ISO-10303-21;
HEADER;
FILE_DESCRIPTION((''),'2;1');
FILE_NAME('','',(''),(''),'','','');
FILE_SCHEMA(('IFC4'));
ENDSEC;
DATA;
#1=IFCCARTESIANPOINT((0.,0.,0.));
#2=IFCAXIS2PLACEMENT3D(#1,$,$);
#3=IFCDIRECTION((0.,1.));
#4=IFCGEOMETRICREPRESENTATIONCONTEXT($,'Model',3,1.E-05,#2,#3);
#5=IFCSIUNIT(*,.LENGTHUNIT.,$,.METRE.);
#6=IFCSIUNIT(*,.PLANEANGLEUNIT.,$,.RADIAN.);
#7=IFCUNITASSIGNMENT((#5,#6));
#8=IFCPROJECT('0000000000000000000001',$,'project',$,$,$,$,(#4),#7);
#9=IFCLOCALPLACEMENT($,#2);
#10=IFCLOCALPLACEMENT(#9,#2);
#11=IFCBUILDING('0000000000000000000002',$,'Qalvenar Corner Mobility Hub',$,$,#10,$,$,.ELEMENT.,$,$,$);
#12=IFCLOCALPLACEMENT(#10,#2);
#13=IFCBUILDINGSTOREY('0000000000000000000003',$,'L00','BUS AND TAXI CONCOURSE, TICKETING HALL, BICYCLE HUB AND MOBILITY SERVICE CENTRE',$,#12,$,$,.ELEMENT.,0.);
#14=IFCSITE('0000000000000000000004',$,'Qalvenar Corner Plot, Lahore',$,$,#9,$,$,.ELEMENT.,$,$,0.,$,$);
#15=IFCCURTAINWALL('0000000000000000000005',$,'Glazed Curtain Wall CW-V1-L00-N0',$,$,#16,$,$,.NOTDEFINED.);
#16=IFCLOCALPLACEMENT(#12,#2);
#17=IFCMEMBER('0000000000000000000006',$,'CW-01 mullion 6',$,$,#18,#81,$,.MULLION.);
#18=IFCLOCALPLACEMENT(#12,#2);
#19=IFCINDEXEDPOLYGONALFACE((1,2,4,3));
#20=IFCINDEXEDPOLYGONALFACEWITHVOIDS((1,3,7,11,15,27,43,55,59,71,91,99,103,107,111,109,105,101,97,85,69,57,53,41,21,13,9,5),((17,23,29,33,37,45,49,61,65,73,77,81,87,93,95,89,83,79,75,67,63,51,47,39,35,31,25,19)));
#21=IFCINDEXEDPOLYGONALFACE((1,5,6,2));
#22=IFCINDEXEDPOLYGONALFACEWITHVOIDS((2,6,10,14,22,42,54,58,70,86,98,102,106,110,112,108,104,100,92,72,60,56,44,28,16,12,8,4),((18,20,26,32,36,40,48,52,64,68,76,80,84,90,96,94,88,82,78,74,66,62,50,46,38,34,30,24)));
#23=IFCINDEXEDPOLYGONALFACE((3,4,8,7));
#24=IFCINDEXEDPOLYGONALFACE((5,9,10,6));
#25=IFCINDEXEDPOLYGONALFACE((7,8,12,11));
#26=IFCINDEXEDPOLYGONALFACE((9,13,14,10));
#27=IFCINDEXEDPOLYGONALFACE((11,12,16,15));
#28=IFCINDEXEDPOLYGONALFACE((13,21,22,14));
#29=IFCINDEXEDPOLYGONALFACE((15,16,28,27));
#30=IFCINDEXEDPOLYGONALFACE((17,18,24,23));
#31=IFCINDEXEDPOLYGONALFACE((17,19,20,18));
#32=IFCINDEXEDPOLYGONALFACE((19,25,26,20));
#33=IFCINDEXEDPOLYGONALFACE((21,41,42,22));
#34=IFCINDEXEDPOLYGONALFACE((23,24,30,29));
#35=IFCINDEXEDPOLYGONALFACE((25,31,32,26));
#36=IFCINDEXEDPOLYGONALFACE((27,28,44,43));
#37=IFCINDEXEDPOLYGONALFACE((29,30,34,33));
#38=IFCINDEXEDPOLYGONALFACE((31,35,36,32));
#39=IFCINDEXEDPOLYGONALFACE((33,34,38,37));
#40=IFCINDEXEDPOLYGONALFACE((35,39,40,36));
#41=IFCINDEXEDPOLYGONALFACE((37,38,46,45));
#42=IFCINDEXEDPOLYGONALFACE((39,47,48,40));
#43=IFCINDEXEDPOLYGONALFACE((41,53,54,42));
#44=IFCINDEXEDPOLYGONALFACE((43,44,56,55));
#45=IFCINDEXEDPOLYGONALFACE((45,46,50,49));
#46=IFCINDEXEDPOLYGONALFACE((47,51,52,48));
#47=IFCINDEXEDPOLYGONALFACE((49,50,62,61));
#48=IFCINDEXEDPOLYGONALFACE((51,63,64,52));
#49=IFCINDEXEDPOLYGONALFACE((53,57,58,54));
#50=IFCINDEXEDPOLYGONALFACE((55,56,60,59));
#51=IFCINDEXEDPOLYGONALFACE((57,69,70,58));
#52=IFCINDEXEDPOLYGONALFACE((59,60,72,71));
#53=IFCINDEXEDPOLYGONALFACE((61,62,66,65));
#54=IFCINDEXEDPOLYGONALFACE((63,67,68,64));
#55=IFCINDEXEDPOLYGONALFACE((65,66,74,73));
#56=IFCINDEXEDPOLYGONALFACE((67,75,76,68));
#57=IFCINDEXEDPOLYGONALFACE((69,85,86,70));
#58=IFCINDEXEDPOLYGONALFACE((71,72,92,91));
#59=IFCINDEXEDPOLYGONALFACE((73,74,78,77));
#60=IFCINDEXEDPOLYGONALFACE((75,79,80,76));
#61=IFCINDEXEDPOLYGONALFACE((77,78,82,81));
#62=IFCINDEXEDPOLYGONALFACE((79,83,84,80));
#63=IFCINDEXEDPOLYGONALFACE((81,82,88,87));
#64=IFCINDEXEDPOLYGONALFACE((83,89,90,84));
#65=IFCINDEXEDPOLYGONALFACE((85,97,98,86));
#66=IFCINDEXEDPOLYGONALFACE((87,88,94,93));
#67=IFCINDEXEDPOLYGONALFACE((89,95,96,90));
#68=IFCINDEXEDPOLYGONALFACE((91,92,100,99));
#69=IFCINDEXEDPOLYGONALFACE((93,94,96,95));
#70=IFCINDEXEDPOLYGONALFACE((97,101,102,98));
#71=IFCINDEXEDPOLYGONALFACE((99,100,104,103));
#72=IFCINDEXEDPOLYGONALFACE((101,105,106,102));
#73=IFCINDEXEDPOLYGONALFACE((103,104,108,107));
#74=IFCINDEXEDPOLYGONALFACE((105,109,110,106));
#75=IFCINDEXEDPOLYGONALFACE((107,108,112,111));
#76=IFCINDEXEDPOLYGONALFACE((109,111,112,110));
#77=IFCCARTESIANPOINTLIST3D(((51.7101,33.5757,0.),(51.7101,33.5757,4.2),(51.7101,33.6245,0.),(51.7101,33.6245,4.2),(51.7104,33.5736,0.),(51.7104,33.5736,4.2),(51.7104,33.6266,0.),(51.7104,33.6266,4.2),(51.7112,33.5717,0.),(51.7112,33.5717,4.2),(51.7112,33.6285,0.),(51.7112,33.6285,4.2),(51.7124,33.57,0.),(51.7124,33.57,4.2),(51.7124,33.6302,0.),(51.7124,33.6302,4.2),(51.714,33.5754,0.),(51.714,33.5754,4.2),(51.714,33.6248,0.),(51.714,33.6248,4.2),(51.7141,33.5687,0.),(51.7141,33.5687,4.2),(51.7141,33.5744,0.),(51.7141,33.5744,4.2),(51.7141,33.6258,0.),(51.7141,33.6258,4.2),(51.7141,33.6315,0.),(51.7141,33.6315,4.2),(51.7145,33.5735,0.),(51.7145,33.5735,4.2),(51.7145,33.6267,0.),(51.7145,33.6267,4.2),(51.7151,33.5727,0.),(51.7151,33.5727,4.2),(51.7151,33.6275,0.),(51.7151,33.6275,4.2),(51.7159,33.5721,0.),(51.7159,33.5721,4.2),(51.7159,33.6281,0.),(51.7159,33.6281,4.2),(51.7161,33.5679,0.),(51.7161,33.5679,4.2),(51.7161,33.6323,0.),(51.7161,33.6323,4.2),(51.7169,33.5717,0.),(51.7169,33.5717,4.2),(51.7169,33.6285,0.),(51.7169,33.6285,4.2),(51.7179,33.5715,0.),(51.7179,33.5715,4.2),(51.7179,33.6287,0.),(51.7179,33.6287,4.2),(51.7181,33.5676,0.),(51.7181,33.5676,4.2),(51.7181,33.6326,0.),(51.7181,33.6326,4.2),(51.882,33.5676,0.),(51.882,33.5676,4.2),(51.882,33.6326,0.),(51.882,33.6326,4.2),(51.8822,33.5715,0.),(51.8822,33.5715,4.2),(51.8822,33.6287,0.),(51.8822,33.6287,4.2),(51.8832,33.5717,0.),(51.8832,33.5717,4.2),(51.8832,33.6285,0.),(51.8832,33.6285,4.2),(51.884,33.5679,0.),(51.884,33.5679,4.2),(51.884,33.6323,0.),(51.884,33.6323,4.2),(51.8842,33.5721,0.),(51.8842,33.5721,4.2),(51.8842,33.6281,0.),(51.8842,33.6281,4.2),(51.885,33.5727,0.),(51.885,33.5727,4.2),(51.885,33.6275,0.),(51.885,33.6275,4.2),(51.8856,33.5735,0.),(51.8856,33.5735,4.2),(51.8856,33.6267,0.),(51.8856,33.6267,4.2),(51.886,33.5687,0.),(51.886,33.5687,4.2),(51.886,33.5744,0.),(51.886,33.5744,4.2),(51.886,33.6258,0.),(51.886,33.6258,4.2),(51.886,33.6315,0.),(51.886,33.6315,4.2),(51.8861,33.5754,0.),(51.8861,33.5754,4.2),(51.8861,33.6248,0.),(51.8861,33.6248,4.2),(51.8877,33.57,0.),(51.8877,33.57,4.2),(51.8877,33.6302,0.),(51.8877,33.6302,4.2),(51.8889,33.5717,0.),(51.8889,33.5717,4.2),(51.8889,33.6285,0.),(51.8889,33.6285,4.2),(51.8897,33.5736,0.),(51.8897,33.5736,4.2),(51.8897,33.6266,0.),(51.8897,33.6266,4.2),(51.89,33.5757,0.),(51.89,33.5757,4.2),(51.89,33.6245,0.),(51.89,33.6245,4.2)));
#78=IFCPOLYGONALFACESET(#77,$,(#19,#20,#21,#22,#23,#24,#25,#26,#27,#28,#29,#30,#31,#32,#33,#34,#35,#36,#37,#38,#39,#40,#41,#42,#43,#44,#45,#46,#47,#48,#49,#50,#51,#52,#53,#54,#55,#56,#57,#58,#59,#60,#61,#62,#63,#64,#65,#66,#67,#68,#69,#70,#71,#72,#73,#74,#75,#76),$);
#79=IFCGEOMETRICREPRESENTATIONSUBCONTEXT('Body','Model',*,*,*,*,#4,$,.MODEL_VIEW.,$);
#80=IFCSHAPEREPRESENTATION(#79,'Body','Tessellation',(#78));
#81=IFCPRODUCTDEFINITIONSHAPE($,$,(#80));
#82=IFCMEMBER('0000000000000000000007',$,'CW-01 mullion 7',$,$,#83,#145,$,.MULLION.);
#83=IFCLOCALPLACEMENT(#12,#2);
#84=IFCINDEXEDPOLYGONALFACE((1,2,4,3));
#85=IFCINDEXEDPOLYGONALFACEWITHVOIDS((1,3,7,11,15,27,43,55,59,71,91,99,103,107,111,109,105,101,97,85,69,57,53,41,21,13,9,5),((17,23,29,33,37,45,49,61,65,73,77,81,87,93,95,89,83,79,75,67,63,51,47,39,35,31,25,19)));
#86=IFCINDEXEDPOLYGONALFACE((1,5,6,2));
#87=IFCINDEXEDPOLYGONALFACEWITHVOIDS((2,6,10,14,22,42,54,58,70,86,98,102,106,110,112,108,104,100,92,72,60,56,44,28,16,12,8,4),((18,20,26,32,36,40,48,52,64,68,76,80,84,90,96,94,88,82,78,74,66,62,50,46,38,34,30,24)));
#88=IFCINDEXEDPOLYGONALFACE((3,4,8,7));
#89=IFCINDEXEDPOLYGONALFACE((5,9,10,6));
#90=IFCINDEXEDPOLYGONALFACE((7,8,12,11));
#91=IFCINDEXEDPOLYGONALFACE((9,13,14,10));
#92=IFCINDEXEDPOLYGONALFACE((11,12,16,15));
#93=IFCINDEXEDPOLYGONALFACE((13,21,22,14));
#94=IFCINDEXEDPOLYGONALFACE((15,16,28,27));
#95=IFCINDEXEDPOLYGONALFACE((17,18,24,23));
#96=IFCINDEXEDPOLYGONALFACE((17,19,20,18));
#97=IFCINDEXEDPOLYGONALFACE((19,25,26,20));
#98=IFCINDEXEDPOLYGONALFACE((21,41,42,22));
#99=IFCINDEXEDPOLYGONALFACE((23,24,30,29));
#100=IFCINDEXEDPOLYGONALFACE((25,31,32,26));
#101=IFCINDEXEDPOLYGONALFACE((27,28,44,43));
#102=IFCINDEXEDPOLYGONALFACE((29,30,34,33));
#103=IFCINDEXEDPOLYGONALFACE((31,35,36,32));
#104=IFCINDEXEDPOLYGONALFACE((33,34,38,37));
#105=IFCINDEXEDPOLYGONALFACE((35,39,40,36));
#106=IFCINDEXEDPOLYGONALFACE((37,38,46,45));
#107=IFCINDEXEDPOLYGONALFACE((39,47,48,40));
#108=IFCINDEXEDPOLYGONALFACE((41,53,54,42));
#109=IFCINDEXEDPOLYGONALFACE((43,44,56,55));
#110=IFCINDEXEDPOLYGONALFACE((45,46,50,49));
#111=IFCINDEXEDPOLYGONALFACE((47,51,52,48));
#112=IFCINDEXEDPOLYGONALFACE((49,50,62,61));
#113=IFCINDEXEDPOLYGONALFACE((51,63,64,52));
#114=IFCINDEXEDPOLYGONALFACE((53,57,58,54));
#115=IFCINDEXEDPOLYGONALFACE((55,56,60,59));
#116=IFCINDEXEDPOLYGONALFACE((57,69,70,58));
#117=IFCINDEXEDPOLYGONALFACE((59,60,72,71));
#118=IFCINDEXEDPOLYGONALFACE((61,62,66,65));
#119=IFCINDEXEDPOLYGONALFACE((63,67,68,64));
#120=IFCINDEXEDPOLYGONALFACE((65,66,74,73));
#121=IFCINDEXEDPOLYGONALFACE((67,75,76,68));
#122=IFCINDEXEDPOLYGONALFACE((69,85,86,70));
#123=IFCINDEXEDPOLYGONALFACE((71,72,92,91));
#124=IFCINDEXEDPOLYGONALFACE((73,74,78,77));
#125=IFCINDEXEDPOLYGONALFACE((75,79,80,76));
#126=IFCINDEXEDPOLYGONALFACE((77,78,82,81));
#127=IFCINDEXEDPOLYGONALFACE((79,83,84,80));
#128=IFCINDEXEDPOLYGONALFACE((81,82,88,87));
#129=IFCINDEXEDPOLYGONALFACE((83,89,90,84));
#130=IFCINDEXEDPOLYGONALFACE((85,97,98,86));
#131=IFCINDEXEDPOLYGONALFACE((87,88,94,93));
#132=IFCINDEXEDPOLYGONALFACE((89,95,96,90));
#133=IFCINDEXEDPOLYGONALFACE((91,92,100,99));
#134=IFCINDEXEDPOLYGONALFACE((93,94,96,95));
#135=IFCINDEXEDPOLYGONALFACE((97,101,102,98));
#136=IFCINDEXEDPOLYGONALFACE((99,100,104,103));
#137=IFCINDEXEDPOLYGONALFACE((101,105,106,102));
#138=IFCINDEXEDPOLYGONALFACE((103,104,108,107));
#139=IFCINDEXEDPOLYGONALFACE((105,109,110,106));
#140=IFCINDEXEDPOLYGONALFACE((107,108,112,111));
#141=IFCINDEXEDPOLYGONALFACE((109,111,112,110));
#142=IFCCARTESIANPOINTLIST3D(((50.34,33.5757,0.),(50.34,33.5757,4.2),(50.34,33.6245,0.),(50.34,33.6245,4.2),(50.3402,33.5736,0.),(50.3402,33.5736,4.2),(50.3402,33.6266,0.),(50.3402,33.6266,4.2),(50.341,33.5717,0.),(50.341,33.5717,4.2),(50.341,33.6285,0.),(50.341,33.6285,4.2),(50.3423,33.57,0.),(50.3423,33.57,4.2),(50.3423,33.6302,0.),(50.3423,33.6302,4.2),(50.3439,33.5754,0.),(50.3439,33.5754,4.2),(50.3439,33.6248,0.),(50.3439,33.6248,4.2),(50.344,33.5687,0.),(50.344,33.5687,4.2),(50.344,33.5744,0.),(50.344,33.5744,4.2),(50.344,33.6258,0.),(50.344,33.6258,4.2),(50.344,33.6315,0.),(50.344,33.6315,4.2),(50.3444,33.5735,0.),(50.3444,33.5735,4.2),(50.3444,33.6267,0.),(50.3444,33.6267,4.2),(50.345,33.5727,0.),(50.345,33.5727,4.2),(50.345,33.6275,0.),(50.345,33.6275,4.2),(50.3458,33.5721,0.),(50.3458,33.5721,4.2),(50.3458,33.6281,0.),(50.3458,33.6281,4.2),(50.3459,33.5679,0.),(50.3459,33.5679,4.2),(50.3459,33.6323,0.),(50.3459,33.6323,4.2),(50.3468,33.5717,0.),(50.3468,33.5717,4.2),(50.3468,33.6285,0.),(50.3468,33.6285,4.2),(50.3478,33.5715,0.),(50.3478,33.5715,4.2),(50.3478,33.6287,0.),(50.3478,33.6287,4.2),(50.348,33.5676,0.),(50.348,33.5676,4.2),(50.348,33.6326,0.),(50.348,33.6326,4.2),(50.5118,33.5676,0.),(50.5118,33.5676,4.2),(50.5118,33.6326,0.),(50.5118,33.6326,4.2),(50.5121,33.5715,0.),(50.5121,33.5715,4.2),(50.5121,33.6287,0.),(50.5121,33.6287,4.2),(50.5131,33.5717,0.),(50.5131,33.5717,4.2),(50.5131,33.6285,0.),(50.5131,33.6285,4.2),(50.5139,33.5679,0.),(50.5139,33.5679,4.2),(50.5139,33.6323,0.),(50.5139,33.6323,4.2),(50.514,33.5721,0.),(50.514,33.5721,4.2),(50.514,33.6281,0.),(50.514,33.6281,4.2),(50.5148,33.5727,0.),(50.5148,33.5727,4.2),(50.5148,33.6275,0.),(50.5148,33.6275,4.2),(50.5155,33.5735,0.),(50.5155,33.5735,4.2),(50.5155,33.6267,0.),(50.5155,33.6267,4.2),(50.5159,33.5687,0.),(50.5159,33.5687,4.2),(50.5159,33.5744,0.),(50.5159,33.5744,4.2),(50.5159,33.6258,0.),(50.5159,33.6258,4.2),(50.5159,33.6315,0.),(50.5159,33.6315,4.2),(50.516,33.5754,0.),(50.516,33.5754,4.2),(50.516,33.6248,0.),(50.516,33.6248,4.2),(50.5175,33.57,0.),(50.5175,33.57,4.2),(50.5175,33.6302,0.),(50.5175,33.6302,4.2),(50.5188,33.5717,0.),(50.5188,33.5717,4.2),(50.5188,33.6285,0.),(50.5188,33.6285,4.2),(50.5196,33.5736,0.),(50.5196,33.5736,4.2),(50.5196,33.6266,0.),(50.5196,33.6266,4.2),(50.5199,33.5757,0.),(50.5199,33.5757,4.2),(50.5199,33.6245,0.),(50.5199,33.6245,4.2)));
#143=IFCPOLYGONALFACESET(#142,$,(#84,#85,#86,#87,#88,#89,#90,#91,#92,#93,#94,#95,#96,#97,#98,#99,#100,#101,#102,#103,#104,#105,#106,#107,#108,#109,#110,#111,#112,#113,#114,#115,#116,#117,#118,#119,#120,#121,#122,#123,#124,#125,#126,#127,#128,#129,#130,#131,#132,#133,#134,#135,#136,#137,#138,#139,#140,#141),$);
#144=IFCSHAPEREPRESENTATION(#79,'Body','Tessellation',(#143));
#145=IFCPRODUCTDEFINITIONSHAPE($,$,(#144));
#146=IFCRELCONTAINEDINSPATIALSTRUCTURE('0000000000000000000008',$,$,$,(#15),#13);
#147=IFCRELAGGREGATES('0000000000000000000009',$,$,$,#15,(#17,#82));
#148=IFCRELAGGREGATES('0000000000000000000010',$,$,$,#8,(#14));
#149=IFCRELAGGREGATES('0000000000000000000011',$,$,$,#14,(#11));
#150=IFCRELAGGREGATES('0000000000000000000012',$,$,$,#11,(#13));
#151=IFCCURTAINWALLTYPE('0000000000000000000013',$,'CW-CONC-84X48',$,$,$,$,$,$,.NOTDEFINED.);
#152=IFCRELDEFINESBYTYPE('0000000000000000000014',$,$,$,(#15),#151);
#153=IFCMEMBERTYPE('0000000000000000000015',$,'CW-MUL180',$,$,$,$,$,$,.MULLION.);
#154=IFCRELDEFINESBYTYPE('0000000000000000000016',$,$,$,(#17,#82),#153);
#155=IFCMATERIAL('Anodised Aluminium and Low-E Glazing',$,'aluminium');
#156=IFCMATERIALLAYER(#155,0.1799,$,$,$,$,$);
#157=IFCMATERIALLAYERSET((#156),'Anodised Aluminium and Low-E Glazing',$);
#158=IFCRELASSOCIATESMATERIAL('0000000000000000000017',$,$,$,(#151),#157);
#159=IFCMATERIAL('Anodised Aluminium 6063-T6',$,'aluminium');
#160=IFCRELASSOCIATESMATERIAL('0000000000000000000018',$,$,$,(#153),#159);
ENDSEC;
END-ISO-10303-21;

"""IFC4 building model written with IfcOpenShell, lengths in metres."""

from ifc_helpers import new_model, si_unit, direction, frame, origin, origin_2d, place, context, subcontext, project, spatial, hollow_rectangle, extrude, material, layer, layer_set, material_profile, profile_set, type_object, element, aggregate, save


model = new_model("IFC4")

# Units and contexts
model_context = context("Model", 3, precision=1e-05, world=origin(), true_north=direction((0.0, 1.0)))
body_context = subcontext(model_context, "Body", "Model", "MODEL_VIEW")
ifc_project = project(units=[si_unit("LENGTHUNIT", "METRE"), si_unit("PLANEANGLEUNIT", "RADIAN")], contexts=[model_context])

# Site, building, storey
site_placement = place(None, origin())
site = spatial("IfcSite", under=ifc_project, at=site_placement, Name="Qalvenar Corner Plot, Lahore", CompositionType="ELEMENT", RefElevation=0.0)
building_placement = place(site_placement, origin())
building = spatial("IfcBuilding", under=site, at=building_placement, Name="Qalvenar Corner Mobility Hub", CompositionType="ELEMENT")
storey_placement = place(building_placement, origin())
storey = spatial("IfcBuildingStorey", under=building, at=storey_placement, Name="L00", Description="BUS AND TAXI CONCOURSE, TICKETING HALL, BICYCLE HUB AND MOBILITY SERVICE CENTRE", CompositionType="ELEMENT", Elevation=0.0)

# Curtain wall, members
ifc_material_1 = material(Name="Anodised Aluminium and Low-E Glazing", Category="aluminium")
ifc_layer_1 = layer(ifc_material_1, 0.1799)
ifc_layer_set_1 = layer_set([ifc_layer_1], Name="Anodised Aluminium and Low-E Glazing")
curtain_wall_type = type_object("IfcCurtainWallType", Name="CW-CONC-84X48", PredefinedType="NOTDEFINED", material=ifc_layer_set_1)
curtain_wall_placement = place(storey_placement, origin())
curtain_wall = element("IfcCurtainWall", 1, at=curtain_wall_placement, inside=storey, type_object=curtain_wall_type, Name="Glazed Curtain Wall CW-V1-L00-N0", PredefinedType="NOTDEFINED")
ifc_material_2 = material(Name="Anodised Aluminium 6063-T6", Category="aluminium")
ifc_material_profile_1 = material_profile(ifc_material_2, hollow_rectangle(XDim=0.0649, YDim=0.1799, WallThickness=0.0039, InnerFilletRadius=0.0039, OuterFilletRadius=0.0081, at=origin_2d()), Name="RHS180x65x4")
ifc_profile_set_1 = profile_set([ifc_material_profile_1], Name="Anodised Aluminium 6063-T6")
member_type_1 = type_object("IfcMemberType", Name="CW-MUL180", PredefinedType="MULLION", material=ifc_profile_set_1)
member_1_placement = place(storey_placement, frame((51.8, 33.6001, 0.0), z_axis=(0.0, 0.0, 1.0), x_axis=(0.0, -1.0, 0.0)))
member_1 = element("IfcMember", 2, at=member_1_placement, type_object=member_type_1, Name="CW-01 mullion 6", PredefinedType="MULLION", context=body_context, shape_type="SweptSolid", body=[
    extrude(hollow_rectangle(XDim=0.0649, YDim=0.1799, WallThickness=0.0039, InnerFilletRadius=0.0039, OuterFilletRadius=0.0081, at=origin_2d()), origin(), (0.0, 0.0, 1.0), 4.2),
])
member_2_placement = place(storey_placement, frame((50.4299, 33.6001, 0.0), z_axis=(0.0, 0.0, 1.0), x_axis=(0.0, -1.0, 0.0)))
member_2 = element("IfcMember", 3, at=member_2_placement, type_object=member_type_1, Name="CW-01 mullion 7", PredefinedType="MULLION", context=body_context, shape_type="SweptSolid", body=[
    extrude(hollow_rectangle(XDim=0.0649, YDim=0.1799, WallThickness=0.0039, InnerFilletRadius=0.0039, OuterFilletRadius=0.0081, at=origin_2d()), origin(), (0.0, 0.0, 1.0), 4.2),
])
aggregate(curtain_wall, [member_1, member_2])

save(model, "model.ifc")
